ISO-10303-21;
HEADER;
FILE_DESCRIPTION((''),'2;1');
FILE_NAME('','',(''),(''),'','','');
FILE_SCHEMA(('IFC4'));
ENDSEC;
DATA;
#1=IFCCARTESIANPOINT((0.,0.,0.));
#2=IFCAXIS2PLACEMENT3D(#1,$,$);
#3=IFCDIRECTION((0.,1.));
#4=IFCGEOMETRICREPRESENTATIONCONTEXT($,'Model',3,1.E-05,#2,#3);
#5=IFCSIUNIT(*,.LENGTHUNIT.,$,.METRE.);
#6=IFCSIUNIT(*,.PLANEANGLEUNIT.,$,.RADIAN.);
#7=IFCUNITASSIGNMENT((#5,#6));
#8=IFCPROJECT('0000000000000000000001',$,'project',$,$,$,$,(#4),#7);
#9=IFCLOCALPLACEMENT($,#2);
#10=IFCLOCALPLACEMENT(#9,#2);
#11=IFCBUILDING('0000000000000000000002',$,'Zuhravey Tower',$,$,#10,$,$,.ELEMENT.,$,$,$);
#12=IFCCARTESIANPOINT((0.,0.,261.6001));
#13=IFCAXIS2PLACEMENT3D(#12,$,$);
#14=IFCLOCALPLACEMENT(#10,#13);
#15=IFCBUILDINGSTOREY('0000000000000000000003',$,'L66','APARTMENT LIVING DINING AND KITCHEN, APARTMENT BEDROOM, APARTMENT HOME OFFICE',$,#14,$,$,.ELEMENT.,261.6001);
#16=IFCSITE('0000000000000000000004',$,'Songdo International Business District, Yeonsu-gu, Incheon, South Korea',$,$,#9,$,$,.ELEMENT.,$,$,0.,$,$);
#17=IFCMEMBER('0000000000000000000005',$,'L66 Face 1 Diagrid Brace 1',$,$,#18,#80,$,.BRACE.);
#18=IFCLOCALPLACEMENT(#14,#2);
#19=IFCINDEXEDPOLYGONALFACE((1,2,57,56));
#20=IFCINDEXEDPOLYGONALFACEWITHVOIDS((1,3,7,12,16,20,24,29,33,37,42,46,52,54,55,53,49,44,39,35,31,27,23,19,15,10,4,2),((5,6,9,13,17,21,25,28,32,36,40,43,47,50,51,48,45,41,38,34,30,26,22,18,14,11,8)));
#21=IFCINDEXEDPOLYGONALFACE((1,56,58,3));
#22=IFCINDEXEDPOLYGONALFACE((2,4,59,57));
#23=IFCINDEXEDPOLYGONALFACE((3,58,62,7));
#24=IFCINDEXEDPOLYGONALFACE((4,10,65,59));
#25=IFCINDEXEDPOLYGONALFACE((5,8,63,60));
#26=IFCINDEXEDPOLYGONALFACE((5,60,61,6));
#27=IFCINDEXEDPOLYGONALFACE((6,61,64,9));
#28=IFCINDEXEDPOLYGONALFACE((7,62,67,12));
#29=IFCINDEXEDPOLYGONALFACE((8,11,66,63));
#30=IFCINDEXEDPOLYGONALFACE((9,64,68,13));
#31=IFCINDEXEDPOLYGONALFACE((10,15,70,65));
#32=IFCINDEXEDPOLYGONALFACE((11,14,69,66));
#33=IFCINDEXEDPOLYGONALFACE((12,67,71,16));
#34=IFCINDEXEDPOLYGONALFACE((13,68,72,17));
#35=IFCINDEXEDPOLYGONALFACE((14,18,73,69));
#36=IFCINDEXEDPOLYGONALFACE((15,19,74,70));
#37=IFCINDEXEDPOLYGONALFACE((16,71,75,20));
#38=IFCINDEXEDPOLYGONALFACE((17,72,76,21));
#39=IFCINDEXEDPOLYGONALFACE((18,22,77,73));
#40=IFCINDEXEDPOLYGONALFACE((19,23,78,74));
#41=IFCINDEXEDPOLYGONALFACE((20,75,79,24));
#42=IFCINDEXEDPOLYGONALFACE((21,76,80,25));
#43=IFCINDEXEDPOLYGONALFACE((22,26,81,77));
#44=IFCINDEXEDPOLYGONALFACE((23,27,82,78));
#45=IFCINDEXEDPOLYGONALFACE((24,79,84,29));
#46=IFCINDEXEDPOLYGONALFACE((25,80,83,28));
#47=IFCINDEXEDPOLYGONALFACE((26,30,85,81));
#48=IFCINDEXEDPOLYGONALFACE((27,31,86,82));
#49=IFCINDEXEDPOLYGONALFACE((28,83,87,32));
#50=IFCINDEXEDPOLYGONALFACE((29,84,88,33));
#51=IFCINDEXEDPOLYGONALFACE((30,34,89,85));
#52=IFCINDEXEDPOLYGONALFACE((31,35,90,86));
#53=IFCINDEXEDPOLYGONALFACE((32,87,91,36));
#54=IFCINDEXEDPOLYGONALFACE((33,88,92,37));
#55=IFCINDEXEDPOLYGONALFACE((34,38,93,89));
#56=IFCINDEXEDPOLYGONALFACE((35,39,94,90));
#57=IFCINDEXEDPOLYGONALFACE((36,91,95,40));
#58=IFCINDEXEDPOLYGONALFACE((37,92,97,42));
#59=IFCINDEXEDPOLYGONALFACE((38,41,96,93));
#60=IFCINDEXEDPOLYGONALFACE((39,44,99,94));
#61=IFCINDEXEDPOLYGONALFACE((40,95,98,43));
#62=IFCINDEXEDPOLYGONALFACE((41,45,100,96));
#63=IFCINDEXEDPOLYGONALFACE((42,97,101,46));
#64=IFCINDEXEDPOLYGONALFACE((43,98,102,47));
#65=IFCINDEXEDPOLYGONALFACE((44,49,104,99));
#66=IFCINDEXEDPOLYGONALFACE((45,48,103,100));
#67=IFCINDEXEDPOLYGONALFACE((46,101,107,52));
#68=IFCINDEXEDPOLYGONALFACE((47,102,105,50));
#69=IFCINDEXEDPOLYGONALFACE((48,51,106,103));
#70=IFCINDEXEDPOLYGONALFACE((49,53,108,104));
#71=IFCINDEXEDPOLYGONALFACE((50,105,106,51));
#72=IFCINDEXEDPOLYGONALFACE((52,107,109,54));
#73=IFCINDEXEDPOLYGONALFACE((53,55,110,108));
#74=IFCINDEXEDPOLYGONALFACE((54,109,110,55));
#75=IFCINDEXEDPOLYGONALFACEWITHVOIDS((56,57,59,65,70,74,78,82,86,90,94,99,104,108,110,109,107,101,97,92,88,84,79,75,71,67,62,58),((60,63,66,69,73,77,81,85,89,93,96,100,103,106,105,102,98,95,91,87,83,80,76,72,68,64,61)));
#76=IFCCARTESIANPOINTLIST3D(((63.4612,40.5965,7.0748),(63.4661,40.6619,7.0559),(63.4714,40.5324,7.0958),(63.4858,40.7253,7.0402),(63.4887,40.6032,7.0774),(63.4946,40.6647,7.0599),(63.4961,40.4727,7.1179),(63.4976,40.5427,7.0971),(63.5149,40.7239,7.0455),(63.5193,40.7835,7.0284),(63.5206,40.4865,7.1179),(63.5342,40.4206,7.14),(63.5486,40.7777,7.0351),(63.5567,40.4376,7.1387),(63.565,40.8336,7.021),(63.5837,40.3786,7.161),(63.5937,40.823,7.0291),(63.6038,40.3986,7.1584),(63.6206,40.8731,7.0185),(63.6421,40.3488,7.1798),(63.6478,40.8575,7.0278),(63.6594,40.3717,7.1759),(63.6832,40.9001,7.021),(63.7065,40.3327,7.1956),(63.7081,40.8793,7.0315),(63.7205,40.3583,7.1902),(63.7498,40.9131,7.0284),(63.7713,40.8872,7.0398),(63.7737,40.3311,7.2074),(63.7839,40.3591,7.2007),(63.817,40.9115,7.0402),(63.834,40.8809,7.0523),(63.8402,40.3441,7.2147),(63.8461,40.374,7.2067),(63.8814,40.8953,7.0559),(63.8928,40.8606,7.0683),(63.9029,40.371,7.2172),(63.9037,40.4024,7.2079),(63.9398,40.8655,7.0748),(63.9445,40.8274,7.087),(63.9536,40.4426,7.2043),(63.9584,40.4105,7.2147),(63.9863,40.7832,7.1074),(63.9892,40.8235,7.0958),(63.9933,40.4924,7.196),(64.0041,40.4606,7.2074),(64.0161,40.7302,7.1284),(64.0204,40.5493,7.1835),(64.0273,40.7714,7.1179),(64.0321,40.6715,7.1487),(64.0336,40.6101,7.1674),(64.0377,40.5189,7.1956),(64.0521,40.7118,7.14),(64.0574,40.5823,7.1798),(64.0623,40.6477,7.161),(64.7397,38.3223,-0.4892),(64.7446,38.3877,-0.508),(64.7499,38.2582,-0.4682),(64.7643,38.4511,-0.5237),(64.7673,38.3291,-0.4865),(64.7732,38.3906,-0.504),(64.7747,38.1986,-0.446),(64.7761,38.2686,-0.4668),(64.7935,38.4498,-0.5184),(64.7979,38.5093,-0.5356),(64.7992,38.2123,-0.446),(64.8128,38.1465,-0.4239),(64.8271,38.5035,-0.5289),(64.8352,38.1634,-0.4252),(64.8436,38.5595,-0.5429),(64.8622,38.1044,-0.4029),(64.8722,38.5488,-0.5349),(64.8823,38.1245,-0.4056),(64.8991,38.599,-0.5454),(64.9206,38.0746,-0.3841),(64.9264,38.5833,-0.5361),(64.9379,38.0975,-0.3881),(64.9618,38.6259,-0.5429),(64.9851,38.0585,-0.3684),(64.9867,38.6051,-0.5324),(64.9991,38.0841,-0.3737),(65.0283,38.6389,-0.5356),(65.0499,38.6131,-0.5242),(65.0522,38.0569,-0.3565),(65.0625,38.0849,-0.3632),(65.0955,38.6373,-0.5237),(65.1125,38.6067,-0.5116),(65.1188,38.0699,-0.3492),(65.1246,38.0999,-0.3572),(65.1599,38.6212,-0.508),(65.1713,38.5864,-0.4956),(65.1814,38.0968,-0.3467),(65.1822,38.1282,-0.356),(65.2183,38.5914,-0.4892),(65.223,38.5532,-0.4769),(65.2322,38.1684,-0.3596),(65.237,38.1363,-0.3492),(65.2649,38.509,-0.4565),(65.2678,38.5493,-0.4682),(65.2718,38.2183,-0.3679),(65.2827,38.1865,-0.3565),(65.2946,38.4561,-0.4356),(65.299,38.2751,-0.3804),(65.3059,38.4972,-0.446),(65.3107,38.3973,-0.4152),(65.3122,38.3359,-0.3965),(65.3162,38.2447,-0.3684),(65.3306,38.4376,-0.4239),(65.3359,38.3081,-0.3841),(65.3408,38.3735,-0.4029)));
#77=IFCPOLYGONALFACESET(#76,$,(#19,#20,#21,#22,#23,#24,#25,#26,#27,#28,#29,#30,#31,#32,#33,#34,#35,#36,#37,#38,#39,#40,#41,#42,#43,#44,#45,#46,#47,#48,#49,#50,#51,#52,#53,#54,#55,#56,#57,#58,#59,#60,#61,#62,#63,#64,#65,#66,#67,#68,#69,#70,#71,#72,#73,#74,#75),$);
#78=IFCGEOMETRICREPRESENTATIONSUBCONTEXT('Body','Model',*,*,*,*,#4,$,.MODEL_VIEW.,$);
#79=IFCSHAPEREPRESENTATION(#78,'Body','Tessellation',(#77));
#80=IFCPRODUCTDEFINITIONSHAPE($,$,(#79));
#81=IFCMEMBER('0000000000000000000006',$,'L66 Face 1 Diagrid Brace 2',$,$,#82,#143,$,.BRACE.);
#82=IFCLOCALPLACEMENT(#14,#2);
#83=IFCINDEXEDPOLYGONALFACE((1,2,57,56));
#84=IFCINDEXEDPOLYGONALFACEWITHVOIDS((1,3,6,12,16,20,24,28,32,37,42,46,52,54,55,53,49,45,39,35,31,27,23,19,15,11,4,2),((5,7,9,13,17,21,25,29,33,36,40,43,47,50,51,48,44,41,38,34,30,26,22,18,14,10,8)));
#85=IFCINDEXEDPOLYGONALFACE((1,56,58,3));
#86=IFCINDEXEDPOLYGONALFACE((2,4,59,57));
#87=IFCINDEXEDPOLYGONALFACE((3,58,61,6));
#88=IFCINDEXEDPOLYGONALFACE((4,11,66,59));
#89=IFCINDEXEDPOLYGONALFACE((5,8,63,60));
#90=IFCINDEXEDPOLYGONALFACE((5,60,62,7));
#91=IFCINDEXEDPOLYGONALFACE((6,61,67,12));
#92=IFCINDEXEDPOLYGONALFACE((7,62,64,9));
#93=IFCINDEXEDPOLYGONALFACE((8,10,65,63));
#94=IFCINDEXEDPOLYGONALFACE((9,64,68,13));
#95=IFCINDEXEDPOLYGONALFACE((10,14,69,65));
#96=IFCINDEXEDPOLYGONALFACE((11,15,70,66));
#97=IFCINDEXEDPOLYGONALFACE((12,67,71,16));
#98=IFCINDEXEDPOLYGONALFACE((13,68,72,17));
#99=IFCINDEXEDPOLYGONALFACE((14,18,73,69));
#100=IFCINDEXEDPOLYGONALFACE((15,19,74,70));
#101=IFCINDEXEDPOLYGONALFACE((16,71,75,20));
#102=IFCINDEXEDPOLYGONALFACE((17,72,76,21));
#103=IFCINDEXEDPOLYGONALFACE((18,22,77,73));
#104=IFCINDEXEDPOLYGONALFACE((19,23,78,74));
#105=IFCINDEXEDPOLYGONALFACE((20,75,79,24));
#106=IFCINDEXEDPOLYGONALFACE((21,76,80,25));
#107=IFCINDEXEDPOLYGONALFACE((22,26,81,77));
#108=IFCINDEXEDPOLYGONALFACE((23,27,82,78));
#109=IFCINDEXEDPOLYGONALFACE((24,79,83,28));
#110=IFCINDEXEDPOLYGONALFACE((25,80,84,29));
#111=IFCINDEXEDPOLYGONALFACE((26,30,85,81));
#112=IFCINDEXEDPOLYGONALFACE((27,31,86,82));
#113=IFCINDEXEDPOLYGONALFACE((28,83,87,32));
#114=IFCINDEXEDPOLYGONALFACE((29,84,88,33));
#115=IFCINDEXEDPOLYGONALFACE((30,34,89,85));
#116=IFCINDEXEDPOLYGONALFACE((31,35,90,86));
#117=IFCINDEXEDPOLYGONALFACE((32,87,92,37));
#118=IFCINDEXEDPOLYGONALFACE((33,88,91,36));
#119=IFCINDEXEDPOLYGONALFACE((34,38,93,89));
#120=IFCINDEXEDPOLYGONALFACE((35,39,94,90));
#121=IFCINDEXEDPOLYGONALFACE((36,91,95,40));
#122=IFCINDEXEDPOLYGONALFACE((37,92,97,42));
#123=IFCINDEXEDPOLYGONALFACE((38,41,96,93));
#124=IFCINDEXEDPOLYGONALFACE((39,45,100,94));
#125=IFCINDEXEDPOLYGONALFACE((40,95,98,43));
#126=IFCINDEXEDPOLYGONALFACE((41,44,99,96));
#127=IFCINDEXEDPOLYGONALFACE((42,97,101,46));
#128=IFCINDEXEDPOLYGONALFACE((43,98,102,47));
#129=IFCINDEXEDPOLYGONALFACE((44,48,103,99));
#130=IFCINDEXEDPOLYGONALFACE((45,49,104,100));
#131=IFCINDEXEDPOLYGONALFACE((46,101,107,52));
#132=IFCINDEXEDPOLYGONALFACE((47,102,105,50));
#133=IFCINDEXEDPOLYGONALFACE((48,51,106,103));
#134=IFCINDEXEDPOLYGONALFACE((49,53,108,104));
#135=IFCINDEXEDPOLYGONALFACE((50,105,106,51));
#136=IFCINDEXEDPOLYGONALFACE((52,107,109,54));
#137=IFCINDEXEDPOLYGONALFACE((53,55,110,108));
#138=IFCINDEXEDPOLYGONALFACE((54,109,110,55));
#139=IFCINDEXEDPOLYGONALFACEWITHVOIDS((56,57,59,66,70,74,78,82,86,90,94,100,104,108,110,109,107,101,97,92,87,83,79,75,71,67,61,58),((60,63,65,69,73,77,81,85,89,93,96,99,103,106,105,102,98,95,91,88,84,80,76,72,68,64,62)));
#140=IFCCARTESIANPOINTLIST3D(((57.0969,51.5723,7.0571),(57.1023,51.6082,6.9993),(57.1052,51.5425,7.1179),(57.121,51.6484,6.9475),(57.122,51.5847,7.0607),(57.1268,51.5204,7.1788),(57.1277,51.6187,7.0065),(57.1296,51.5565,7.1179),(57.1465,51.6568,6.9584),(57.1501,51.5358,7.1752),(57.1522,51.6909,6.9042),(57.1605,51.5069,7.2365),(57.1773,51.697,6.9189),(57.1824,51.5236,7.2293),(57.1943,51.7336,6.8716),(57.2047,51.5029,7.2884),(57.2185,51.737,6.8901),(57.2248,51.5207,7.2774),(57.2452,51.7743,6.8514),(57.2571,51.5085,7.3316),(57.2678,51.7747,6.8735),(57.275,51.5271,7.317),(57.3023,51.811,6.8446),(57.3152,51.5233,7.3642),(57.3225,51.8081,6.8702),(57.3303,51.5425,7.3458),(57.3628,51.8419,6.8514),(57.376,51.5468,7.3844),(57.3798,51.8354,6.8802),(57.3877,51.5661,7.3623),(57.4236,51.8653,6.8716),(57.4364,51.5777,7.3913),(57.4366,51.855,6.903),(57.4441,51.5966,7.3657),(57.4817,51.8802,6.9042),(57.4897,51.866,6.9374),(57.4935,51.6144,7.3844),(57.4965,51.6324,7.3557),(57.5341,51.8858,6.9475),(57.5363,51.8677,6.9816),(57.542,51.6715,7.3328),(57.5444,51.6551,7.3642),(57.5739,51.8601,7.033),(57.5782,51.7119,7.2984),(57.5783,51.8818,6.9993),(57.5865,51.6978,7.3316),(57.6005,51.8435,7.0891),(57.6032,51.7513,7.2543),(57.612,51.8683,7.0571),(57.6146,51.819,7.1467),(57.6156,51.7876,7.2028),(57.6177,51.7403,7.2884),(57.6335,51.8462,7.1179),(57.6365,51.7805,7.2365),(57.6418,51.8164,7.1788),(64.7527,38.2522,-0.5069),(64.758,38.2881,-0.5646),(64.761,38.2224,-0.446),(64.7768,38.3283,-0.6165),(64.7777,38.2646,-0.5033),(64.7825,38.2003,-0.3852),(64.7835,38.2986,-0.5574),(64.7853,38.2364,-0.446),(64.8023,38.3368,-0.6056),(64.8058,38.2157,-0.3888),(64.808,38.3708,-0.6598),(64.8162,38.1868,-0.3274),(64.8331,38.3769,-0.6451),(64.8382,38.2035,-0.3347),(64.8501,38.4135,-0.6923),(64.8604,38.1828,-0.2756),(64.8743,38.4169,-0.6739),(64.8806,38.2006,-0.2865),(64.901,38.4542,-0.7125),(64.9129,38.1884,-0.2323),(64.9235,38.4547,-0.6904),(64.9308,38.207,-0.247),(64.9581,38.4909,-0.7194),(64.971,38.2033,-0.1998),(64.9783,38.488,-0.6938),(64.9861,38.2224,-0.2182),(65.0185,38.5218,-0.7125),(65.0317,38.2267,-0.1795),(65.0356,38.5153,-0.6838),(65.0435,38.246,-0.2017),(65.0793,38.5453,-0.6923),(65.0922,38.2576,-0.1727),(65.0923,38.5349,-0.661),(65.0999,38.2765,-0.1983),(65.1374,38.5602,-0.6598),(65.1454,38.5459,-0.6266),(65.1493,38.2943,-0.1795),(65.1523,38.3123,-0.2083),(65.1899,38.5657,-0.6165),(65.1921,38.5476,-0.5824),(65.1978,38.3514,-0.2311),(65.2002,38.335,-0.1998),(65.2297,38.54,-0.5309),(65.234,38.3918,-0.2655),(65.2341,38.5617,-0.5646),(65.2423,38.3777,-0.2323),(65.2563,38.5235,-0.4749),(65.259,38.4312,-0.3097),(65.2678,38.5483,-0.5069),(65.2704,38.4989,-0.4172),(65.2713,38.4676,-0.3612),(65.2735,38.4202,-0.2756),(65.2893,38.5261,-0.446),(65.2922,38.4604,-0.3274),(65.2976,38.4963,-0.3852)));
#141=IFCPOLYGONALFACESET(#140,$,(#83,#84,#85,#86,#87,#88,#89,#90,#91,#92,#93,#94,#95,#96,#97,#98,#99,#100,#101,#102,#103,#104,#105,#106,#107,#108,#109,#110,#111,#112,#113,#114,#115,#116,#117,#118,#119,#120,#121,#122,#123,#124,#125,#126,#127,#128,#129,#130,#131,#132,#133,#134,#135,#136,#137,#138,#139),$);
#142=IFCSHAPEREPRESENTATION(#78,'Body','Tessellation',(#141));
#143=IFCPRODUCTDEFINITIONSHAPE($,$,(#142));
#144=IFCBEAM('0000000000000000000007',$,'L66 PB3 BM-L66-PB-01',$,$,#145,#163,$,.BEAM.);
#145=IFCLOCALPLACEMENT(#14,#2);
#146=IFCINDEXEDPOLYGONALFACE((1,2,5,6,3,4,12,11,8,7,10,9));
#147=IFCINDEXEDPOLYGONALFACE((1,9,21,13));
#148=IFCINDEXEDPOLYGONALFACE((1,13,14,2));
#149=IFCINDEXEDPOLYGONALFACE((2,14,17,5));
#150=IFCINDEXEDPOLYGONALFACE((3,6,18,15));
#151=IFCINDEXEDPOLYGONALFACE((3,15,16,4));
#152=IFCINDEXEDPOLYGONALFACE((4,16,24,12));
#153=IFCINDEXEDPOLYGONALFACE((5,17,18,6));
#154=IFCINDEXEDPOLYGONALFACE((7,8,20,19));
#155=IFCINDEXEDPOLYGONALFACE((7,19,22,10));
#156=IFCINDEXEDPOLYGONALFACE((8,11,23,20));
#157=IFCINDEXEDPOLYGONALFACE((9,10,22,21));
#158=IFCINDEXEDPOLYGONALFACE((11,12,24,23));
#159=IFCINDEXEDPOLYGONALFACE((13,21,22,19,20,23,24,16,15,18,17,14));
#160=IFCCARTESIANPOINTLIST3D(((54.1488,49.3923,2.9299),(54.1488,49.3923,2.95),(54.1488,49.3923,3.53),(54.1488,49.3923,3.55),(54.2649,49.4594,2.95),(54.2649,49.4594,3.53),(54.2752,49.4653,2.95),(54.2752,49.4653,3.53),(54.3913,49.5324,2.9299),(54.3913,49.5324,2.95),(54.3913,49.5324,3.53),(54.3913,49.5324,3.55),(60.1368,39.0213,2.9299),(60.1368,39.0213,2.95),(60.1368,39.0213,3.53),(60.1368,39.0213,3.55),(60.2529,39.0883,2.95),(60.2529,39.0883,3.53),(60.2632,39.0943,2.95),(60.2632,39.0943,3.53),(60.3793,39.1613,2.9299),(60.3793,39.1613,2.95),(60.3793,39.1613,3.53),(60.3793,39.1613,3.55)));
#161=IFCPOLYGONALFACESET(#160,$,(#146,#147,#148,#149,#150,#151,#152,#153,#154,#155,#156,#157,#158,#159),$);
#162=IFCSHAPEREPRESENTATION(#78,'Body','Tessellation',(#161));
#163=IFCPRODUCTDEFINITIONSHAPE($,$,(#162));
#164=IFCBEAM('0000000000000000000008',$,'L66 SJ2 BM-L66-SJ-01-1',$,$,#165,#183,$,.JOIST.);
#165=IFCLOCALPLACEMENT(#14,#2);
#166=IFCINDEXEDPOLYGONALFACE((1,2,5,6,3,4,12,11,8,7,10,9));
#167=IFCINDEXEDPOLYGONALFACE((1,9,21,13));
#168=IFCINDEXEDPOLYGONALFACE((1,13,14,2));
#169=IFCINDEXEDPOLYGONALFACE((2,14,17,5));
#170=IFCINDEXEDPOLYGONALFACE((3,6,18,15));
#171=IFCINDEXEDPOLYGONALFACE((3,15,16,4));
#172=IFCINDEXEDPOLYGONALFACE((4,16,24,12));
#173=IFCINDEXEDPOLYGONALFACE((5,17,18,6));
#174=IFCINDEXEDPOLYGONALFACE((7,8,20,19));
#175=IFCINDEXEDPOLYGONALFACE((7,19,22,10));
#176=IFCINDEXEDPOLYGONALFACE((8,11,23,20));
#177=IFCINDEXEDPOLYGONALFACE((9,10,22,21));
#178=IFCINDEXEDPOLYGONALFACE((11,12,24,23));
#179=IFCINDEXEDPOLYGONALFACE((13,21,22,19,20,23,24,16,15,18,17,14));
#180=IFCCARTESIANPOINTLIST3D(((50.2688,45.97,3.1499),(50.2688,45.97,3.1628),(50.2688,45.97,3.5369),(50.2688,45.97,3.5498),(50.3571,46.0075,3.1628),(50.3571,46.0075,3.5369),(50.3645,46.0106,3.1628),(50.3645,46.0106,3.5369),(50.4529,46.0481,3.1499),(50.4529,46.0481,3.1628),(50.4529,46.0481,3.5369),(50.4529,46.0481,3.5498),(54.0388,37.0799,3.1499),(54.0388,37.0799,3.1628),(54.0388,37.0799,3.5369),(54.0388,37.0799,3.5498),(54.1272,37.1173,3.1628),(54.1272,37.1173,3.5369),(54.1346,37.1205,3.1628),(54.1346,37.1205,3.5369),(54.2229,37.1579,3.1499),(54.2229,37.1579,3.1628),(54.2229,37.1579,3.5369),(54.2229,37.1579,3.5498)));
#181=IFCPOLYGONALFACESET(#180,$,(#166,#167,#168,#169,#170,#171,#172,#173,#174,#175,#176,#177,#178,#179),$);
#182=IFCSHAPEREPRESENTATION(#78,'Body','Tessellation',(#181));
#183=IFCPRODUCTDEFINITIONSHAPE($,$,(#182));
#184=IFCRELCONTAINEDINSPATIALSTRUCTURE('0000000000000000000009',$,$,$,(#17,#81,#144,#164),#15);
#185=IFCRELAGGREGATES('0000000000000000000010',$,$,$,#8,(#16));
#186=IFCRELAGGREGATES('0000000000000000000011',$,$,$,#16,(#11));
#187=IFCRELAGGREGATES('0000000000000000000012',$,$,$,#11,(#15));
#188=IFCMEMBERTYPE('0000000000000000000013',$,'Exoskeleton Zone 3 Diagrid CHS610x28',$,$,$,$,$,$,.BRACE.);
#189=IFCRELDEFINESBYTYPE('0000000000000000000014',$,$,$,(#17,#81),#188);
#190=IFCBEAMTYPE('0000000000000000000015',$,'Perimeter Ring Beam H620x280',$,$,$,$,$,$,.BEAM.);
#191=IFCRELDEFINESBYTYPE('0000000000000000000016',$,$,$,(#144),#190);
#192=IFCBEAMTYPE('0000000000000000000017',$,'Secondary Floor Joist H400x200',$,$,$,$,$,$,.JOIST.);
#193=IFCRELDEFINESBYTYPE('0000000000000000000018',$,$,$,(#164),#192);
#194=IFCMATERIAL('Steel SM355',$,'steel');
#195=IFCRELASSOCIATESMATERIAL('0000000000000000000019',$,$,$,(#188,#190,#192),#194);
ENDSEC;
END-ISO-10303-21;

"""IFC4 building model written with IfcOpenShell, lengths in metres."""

from ifc_helpers import new_model, si_unit, direction, frame, origin, origin_2d, place, context, subcontext, project, spatial, hollow_circle, i_section, extrude, material, material_profile, profile_set, type_object, element, save


model = new_model("IFC4")

# Units and contexts
model_context = context("Model", 3, precision=1e-05, world=origin(), true_north=direction((0.0, 1.0)))
body_context = subcontext(model_context, "Body", "Model", "MODEL_VIEW")
ifc_project = project(units=[si_unit("LENGTHUNIT", "METRE"), si_unit("PLANEANGLEUNIT", "RADIAN")], contexts=[model_context])

# Site, building, storey
site_placement = place(None, origin())
site = spatial("IfcSite", under=ifc_project, at=site_placement, Name="Songdo International Business District, Yeonsu-gu, Incheon, South Korea", CompositionType="ELEMENT", RefElevation=0.0)
building_placement = place(site_placement, origin())
building = spatial("IfcBuilding", under=site, at=building_placement, Name="Zuhravey Tower", CompositionType="ELEMENT")
storey_placement = place(building_placement, frame((0.0, 0.0, 261.6001)))
storey = spatial("IfcBuildingStorey", under=building, at=storey_placement, Name="L66", Description="APARTMENT LIVING DINING AND KITCHEN, APARTMENT BEDROOM, APARTMENT HOME OFFICE", CompositionType="ELEMENT", Elevation=261.6001)

# Members
ifc_material_1 = material(Name="Steel SM355", Category="steel")
ifc_material_profile_1 = material_profile(ifc_material_1, hollow_circle(Radius=0.3047, WallThickness=0.0281, at=origin_2d()), Name="CHS-609.6x28")
ifc_profile_set_1 = profile_set([ifc_material_profile_1], Name="Steel SM355")
member_type_1 = type_object("IfcMemberType", Name="Exoskeleton Zone 3 Diagrid CHS610x28", PredefinedType="BRACE", material=ifc_profile_set_1)
member_1_placement = place(storey_placement, frame((65.0403, 38.3479, -0.446), z_axis=(-0.159795, 0.284227, 0.945347), x_axis=(-0.871683, -0.49007, 0.0)))
element("IfcMember", 1, at=member_1_placement, inside=storey, type_object=member_type_1, Name="L66 Face 1 Diagrid Brace 1", PredefinedType="BRACE", context=body_context, shape_type="SweptSolid", body=[
    extrude(hollow_circle(Radius=0.3047, WallThickness=0.0281, at=origin_2d()), origin(), (0.0, 0.0, 1.0), 8.0012),
])
member_2_placement = place(storey_placement, frame((65.0251, 38.3743, -0.446), z_axis=(-0.447065, 0.777837, 0.441704), x_axis=(-0.866998, -0.498311, 0.0)))
element("IfcMember", 2, at=member_2_placement, inside=storey, type_object=member_type_1, Name="L66 Face 1 Diagrid Brace 2", PredefinedType="BRACE", context=body_context, shape_type="SweptSolid", body=[
    extrude(hollow_circle(Radius=0.3047, WallThickness=0.0281, at=origin_2d()), origin(), (0.0, 0.0, 1.0), 17.1245),
])

# Beams
ifc_material_profile_2 = material_profile(ifc_material_1, i_section(OverallWidth=0.28, OverallDepth=0.6201, WebThickness=0.012, FlangeThickness=0.02, at=origin_2d()), Name="H-620x280x12x20")
ifc_profile_set_2 = profile_set([ifc_material_profile_2], Name="Steel SM355")
beam_type_1 = type_object("IfcBeamType", Name="Perimeter Ring Beam H620x280", PredefinedType="BEAM", material=ifc_profile_set_2)
beam_1_placement = place(storey_placement, frame((60.2581, 39.0913, 3.24), z_axis=(-0.500018, 0.866015, 0.0), x_axis=(-0.866015, -0.500018, 0.0)))
element("IfcBeam", 3, at=beam_1_placement, inside=storey, type_object=beam_type_1, Name="L66 PB3 BM-L66-PB-01", PredefinedType="BEAM", context=body_context, shape_type="SweptSolid", body=[
    extrude(i_section(OverallWidth=0.28, OverallDepth=0.6201, WebThickness=0.012, FlangeThickness=0.02, at=origin_2d()), origin(), (0.0, 0.0, 1.0), 11.9756),
])
ifc_material_profile_3 = material_profile(ifc_material_1, i_section(OverallWidth=0.2, OverallDepth=0.3999, WebThickness=0.0081, FlangeThickness=0.0129, at=origin_2d()), Name="H-400x200x8x13")
ifc_profile_set_3 = profile_set([ifc_material_profile_3], Name="Steel SM355")
beam_type_2 = type_object("IfcBeamType", Name="Secondary Floor Joist H400x200", PredefinedType="JOIST", material=ifc_profile_set_3)
beam_2_placement = place(storey_placement, frame((54.1309, 37.1189, 3.3499), z_axis=(-0.390413, 0.92064, 0.0), x_axis=(-0.92064, -0.390413, 0.0)))
element("IfcBeam", 4, at=beam_2_placement, inside=storey, type_object=beam_type_2, Name="L66 SJ2 BM-L66-SJ-01-1", PredefinedType="JOIST", context=body_context, shape_type="SweptSolid", body=[
    extrude(i_section(OverallWidth=0.2, OverallDepth=0.3999, WebThickness=0.0081, FlangeThickness=0.0129, at=origin_2d()), origin(), (0.0, 0.0, 1.0), 9.6565),
])

save(model, "model.ifc")
